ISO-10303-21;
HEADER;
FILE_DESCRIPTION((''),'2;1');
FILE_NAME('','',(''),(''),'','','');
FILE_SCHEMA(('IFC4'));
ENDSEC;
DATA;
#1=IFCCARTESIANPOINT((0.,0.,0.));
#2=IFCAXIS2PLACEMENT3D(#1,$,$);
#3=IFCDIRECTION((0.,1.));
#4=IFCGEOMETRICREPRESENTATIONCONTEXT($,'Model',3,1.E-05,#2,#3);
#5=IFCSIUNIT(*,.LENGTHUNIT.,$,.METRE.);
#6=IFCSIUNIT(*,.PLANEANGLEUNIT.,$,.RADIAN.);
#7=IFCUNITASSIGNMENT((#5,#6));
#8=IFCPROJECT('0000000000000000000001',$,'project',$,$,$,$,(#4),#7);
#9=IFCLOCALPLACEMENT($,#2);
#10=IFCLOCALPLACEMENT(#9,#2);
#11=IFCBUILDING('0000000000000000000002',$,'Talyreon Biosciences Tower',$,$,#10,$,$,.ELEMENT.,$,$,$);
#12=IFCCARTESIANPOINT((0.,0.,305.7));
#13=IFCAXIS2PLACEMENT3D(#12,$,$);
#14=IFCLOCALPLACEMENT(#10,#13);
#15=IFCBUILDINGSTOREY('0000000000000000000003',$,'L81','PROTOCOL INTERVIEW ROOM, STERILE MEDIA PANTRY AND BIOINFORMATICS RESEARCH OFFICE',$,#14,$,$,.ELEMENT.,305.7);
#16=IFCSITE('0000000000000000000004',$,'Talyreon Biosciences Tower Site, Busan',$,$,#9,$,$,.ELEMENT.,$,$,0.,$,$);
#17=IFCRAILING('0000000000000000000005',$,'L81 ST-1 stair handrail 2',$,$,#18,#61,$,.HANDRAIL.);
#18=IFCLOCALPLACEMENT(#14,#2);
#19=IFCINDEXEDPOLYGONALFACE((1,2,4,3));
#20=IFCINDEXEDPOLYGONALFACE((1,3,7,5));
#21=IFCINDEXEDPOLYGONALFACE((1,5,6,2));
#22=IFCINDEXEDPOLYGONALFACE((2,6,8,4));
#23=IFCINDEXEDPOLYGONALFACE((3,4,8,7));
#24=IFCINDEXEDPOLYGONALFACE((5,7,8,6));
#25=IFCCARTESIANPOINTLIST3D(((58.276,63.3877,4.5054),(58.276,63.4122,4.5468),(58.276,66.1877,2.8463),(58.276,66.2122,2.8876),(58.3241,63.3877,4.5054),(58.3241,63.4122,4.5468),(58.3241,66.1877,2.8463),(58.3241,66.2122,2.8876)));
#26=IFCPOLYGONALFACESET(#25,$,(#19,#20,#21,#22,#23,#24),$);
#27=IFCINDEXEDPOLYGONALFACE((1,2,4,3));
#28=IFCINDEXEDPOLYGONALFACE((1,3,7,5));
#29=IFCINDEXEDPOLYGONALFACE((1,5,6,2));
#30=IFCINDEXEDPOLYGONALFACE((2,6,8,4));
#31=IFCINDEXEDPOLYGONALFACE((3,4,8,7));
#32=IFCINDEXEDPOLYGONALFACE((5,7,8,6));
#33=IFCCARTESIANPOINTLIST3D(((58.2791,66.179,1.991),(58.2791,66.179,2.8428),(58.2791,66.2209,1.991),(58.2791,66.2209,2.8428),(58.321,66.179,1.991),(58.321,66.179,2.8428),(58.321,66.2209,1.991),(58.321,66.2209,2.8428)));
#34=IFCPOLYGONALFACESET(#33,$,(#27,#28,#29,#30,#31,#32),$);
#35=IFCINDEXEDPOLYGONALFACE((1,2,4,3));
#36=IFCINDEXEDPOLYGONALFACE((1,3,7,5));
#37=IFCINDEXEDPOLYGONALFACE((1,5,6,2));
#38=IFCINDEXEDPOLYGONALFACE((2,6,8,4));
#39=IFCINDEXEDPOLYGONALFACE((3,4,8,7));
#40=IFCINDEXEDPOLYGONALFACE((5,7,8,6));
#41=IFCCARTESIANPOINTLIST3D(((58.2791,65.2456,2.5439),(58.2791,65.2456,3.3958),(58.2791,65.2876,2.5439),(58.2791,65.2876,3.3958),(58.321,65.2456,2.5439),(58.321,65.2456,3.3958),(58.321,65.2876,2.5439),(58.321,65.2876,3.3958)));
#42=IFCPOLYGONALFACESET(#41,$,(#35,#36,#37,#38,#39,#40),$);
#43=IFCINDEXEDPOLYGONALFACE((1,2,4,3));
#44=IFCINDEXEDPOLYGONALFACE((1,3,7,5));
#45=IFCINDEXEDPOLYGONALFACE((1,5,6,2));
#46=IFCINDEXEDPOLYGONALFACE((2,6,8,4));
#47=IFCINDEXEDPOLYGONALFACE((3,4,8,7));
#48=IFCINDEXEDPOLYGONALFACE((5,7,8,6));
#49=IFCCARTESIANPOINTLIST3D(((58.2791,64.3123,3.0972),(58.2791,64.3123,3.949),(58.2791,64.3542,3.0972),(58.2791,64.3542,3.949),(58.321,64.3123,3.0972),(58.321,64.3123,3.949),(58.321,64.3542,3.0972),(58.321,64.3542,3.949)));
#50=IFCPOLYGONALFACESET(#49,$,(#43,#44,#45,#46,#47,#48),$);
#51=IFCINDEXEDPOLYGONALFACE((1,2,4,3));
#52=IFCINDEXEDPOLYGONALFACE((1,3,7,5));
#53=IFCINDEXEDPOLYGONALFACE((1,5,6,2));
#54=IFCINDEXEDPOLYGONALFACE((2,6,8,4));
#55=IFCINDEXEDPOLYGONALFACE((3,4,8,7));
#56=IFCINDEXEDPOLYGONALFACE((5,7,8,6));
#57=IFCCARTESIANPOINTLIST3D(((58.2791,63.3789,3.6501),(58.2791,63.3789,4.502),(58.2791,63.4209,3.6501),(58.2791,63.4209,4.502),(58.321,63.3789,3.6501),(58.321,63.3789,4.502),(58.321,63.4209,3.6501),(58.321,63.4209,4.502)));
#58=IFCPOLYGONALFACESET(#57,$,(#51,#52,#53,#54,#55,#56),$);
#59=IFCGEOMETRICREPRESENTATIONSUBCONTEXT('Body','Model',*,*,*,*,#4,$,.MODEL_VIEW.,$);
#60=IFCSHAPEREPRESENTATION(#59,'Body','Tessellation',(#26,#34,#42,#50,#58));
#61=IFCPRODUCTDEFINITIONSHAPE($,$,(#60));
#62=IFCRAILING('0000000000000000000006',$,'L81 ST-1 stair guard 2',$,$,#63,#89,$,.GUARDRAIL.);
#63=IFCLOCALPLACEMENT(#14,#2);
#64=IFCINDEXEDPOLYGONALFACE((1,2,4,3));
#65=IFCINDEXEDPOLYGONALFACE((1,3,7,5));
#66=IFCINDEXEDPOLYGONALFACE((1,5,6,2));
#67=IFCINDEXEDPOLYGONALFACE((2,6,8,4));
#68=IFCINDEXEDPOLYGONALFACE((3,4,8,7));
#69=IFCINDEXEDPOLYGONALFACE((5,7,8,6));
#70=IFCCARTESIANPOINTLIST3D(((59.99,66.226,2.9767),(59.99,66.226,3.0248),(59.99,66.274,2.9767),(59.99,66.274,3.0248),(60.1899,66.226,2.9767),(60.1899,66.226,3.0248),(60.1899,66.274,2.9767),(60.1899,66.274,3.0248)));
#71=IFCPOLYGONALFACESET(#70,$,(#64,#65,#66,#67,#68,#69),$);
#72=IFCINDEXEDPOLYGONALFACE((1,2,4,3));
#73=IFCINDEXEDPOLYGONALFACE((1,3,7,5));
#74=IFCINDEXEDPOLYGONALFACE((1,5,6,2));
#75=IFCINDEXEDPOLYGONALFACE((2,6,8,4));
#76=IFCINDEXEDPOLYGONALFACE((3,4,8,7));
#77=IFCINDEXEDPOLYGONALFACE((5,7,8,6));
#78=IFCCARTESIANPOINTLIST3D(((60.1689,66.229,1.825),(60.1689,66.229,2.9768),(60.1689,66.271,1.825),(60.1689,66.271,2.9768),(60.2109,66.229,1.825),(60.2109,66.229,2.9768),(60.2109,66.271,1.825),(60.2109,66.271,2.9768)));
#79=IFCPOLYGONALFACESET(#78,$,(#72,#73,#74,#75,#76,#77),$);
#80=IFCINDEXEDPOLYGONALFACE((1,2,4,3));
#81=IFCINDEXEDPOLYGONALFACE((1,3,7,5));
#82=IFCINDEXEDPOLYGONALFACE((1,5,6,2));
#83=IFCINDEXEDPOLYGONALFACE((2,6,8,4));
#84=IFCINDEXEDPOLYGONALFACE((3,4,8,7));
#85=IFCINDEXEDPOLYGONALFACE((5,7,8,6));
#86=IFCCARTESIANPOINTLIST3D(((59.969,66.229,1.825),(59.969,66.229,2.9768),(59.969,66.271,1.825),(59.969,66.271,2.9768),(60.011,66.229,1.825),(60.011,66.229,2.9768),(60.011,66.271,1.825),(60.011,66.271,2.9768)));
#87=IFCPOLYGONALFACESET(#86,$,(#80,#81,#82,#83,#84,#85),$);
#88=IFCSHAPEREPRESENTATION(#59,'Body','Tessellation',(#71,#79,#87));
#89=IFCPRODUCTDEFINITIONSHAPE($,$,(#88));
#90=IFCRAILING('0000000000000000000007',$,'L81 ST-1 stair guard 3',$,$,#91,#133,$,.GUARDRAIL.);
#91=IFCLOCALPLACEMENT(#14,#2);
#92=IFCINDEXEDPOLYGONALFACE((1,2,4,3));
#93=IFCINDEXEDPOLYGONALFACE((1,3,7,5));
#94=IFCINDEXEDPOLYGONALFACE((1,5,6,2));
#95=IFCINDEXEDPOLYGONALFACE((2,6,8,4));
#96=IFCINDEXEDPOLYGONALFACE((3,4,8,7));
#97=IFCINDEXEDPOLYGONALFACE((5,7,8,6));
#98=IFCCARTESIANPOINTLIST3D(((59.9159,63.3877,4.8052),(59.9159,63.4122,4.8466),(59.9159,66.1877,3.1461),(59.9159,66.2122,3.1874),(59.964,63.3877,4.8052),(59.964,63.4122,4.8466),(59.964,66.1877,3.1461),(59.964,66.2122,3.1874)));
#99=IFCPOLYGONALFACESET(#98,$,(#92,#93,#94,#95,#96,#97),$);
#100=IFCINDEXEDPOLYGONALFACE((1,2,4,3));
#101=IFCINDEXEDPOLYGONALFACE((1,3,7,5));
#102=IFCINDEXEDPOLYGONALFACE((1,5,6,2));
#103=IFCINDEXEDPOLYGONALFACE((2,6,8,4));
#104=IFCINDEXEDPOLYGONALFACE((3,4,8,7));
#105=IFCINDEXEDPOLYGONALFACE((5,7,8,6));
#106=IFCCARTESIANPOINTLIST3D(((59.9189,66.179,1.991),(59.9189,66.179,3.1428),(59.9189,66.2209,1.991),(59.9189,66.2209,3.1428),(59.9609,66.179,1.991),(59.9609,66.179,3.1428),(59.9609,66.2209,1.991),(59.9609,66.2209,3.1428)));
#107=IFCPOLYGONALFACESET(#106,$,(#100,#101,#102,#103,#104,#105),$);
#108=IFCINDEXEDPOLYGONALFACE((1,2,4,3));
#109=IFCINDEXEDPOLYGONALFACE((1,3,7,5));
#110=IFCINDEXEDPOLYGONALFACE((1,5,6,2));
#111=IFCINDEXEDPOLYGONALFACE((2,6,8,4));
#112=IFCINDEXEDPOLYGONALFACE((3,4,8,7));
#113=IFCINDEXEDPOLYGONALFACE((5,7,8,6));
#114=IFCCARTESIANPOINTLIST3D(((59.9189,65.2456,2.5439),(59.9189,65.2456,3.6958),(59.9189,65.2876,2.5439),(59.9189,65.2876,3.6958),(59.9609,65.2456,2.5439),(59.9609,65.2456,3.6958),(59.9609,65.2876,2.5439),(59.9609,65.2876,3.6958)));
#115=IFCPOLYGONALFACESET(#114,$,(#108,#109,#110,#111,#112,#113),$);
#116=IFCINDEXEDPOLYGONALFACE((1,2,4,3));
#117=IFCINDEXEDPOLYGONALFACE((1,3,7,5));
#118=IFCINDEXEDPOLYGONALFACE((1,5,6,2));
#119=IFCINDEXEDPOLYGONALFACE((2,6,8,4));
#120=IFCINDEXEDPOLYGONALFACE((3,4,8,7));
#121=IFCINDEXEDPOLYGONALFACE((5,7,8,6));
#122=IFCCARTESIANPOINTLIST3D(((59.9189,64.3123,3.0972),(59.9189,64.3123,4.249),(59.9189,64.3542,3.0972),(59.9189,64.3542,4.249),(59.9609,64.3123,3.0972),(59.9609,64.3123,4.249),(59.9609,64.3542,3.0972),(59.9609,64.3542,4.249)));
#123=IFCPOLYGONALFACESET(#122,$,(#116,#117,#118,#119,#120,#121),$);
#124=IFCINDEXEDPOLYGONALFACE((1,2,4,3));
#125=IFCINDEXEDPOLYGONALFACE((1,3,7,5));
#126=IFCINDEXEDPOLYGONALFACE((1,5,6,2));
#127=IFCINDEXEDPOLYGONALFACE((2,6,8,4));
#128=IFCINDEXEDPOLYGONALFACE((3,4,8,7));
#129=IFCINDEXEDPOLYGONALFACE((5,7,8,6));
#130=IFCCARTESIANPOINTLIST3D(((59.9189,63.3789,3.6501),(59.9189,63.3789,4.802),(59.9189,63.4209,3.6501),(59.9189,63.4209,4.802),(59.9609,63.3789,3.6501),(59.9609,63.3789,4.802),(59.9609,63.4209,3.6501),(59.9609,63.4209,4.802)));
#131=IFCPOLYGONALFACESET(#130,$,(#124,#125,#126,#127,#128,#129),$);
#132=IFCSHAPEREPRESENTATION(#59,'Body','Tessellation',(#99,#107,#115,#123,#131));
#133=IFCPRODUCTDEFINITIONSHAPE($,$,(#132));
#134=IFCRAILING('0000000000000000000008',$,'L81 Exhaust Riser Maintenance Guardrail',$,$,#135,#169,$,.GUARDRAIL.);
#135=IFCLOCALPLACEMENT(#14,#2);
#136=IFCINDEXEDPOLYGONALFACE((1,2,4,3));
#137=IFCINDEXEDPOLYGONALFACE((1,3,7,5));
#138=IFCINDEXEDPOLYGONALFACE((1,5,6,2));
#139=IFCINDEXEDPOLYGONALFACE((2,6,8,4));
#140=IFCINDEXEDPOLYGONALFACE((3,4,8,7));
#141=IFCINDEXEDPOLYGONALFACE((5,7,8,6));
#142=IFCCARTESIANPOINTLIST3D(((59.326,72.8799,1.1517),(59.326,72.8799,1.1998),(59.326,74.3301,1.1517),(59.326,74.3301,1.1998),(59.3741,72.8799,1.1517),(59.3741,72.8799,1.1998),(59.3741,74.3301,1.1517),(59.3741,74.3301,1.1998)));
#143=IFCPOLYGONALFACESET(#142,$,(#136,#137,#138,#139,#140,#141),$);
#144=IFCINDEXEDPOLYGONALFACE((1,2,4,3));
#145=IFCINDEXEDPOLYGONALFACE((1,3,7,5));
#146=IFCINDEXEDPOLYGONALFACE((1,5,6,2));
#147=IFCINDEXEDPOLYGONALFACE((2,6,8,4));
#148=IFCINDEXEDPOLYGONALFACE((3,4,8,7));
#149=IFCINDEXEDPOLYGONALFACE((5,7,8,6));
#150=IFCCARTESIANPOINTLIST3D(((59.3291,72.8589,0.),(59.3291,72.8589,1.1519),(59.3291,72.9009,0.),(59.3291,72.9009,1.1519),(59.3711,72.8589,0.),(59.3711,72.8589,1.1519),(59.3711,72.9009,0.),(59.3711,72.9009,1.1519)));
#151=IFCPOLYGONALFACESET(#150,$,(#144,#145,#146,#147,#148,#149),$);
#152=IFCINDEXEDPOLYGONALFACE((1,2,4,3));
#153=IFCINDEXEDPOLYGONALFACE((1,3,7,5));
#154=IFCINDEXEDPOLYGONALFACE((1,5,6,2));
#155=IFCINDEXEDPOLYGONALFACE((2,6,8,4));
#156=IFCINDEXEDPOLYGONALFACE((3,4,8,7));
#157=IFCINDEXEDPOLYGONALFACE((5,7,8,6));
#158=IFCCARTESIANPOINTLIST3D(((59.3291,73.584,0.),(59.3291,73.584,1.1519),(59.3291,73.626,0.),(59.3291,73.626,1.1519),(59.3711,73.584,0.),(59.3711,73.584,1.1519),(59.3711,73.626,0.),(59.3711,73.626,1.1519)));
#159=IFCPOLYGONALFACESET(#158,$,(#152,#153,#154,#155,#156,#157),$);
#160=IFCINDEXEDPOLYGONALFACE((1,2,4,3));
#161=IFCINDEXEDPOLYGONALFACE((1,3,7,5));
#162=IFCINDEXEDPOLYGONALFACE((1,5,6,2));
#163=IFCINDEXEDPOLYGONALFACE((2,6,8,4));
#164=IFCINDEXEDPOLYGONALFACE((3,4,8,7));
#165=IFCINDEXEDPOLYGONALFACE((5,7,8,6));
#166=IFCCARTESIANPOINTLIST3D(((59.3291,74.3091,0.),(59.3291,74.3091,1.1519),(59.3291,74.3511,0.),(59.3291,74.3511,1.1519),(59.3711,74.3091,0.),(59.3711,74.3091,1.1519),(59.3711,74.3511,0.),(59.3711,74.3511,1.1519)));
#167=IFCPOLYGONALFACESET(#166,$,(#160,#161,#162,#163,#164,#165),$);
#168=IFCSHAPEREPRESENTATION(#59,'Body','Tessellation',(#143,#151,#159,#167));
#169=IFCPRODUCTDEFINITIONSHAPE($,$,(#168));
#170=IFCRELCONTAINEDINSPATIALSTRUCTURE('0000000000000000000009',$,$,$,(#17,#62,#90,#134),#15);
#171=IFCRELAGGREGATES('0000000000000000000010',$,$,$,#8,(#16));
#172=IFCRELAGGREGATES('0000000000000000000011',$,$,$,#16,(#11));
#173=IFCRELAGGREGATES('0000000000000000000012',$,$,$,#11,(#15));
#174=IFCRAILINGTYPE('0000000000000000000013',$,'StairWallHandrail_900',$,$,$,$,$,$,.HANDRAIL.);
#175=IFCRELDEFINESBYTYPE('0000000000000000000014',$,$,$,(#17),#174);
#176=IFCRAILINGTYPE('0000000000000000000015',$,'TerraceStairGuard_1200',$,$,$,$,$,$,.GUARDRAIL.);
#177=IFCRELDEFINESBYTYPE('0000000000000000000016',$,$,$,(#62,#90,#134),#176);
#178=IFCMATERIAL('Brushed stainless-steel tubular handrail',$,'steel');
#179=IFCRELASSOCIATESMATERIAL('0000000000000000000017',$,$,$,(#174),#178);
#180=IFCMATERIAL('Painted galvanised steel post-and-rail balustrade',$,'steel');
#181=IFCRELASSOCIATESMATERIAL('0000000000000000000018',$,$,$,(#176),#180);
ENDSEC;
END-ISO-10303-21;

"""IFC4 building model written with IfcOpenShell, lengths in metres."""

from ifc_helpers import new_model, si_unit, direction, frame, origin, origin_2d, place, context, subcontext, project, spatial, rectangle, extrude, material, type_object, element, save


model = new_model("IFC4")

# Units and contexts
model_context = context("Model", 3, precision=1e-05, world=origin(), true_north=direction((0.0, 1.0)))
body_context = subcontext(model_context, "Body", "Model", "MODEL_VIEW")
ifc_project = project(units=[si_unit("LENGTHUNIT", "METRE"), si_unit("PLANEANGLEUNIT", "RADIAN")], contexts=[model_context])

# Site, building, storey
site_placement = place(None, origin())
site = spatial("IfcSite", under=ifc_project, at=site_placement, Name="Talyreon Biosciences Tower Site, Busan", CompositionType="ELEMENT", RefElevation=0.0)
building_placement = place(site_placement, origin())
building = spatial("IfcBuilding", under=site, at=building_placement, Name="Talyreon Biosciences Tower", CompositionType="ELEMENT")
storey_placement = place(building_placement, frame((0.0, 0.0, 305.7)))
storey = spatial("IfcBuildingStorey", under=building, at=storey_placement, Name="L81", Description="PROTOCOL INTERVIEW ROOM, STERILE MEDIA PANTRY AND BIOINFORMATICS RESEARCH OFFICE", CompositionType="ELEMENT", Elevation=305.7)

# Railings
ifc_material_1 = material(Name="Brushed stainless-steel tubular handrail", Category="steel")
railing_type_1 = type_object("IfcRailingType", Name="StairWallHandrail_900", PredefinedType="HANDRAIL", material=ifc_material_1)
railing_1_placement = place(storey_placement, frame((58.3, 66.2, 1.991)))
element("IfcRailing", 1, at=railing_1_placement, inside=storey, type_object=railing_type_1, Name="L81 ST-1 stair handrail 2", PredefinedType="HANDRAIL", context=body_context, shape_type="SweptSolid", body=[
    extrude(rectangle(XDim=0.0481, YDim=0.0481, at=origin_2d()), frame((0.0, 0.0, 0.876), z_axis=(0.0, -0.860306, 0.509778), x_axis=(1.0, 0.0, 0.0)), (0.0, 0.0, 1.0), 3.2546),
    extrude(rectangle(XDim=0.042, YDim=0.042, at=origin_2d()), origin(), (0.0, 0.0, 1.0), 0.8518),
    extrude(rectangle(XDim=0.042, YDim=0.042, at=origin_2d()), frame((0.0, -0.9333, 0.553)), (0.0, 0.0, 1.0), 0.8518),
    extrude(rectangle(XDim=0.042, YDim=0.042, at=origin_2d()), frame((0.0, -1.8667, 1.1062)), (0.0, 0.0, 1.0), 0.8518),
    extrude(rectangle(XDim=0.042, YDim=0.042, at=origin_2d()), frame((0.0, -2.8, 1.6592)), (0.0, 0.0, 1.0), 0.8518),
])
ifc_material_2 = material(Name="Painted galvanised steel post-and-rail balustrade", Category="steel")
railing_type_2 = type_object("IfcRailingType", Name="TerraceStairGuard_1200", PredefinedType="GUARDRAIL", material=ifc_material_2)
railing_2_placement = place(storey_placement, frame((60.1899, 66.25, 1.825)))
element("IfcRailing", 2, at=railing_2_placement, inside=storey, type_object=railing_type_2, Name="L81 ST-1 stair guard 2", PredefinedType="GUARDRAIL", context=body_context, shape_type="SweptSolid", body=[
    extrude(rectangle(XDim=0.0481, YDim=0.0481, at=origin_2d()), frame((0.0, 0.0, 1.1758), z_axis=(-1.0, 0.0, 0.0), x_axis=(0.0, -1.0, 0.0)), (0.0, 0.0, 1.0), 0.2),
    extrude(rectangle(XDim=0.042, YDim=0.042, at=origin_2d()), origin(), (0.0, 0.0, 1.0), 1.1519),
    extrude(rectangle(XDim=0.042, YDim=0.042, at=origin_2d()), frame((-0.2, 0.0, 0.0)), (0.0, 0.0, 1.0), 1.1519),
])
railing_3_placement = place(storey_placement, frame((59.9399, 66.2, 1.991)))
element("IfcRailing", 3, at=railing_3_placement, inside=storey, type_object=railing_type_2, Name="L81 ST-1 stair guard 3", PredefinedType="GUARDRAIL", context=body_context, shape_type="SweptSolid", body=[
    extrude(rectangle(XDim=0.0481, YDim=0.0481, at=origin_2d()), frame((0.0, 0.0, 1.1758), z_axis=(0.0, -0.860306, 0.509778), x_axis=(1.0, 0.0, 0.0)), (0.0, 0.0, 1.0), 3.2546),
    extrude(rectangle(XDim=0.042, YDim=0.042, at=origin_2d()), origin(), (0.0, 0.0, 1.0), 1.1519),
    extrude(rectangle(XDim=0.042, YDim=0.042, at=origin_2d()), frame((0.0, -0.9333, 0.553)), (0.0, 0.0, 1.0), 1.1519),
    extrude(rectangle(XDim=0.042, YDim=0.042, at=origin_2d()), frame((0.0, -1.8667, 1.1062)), (0.0, 0.0, 1.0), 1.1519),
    extrude(rectangle(XDim=0.042, YDim=0.042, at=origin_2d()), frame((0.0, -2.8, 1.6592)), (0.0, 0.0, 1.0), 1.1519),
])
railing_4_placement = place(storey_placement, frame((59.3501, 72.8799, 0.0)))
element("IfcRailing", 4, at=railing_4_placement, inside=storey, type_object=railing_type_2, Name="L81 Exhaust Riser Maintenance Guardrail", PredefinedType="GUARDRAIL", context=body_context, shape_type="SweptSolid", body=[
    extrude(rectangle(XDim=0.0481, YDim=0.0481, at=origin_2d()), frame((0.0, 0.0, 1.1758), z_axis=(0.0, 1.0, 0.0), x_axis=(-1.0, 0.0, 0.0)), (0.0, 0.0, 1.0), 1.4502),
    extrude(rectangle(XDim=0.042, YDim=0.042, at=origin_2d()), origin(), (0.0, 0.0, 1.0), 1.1519),
    extrude(rectangle(XDim=0.042, YDim=0.042, at=origin_2d()), frame((0.0, 0.7251, 0.0)), (0.0, 0.0, 1.0), 1.1519),
    extrude(rectangle(XDim=0.042, YDim=0.042, at=origin_2d()), frame((0.0, 1.4502, 0.0)), (0.0, 0.0, 1.0), 1.1519),
])

save(model, "model.ifc")
